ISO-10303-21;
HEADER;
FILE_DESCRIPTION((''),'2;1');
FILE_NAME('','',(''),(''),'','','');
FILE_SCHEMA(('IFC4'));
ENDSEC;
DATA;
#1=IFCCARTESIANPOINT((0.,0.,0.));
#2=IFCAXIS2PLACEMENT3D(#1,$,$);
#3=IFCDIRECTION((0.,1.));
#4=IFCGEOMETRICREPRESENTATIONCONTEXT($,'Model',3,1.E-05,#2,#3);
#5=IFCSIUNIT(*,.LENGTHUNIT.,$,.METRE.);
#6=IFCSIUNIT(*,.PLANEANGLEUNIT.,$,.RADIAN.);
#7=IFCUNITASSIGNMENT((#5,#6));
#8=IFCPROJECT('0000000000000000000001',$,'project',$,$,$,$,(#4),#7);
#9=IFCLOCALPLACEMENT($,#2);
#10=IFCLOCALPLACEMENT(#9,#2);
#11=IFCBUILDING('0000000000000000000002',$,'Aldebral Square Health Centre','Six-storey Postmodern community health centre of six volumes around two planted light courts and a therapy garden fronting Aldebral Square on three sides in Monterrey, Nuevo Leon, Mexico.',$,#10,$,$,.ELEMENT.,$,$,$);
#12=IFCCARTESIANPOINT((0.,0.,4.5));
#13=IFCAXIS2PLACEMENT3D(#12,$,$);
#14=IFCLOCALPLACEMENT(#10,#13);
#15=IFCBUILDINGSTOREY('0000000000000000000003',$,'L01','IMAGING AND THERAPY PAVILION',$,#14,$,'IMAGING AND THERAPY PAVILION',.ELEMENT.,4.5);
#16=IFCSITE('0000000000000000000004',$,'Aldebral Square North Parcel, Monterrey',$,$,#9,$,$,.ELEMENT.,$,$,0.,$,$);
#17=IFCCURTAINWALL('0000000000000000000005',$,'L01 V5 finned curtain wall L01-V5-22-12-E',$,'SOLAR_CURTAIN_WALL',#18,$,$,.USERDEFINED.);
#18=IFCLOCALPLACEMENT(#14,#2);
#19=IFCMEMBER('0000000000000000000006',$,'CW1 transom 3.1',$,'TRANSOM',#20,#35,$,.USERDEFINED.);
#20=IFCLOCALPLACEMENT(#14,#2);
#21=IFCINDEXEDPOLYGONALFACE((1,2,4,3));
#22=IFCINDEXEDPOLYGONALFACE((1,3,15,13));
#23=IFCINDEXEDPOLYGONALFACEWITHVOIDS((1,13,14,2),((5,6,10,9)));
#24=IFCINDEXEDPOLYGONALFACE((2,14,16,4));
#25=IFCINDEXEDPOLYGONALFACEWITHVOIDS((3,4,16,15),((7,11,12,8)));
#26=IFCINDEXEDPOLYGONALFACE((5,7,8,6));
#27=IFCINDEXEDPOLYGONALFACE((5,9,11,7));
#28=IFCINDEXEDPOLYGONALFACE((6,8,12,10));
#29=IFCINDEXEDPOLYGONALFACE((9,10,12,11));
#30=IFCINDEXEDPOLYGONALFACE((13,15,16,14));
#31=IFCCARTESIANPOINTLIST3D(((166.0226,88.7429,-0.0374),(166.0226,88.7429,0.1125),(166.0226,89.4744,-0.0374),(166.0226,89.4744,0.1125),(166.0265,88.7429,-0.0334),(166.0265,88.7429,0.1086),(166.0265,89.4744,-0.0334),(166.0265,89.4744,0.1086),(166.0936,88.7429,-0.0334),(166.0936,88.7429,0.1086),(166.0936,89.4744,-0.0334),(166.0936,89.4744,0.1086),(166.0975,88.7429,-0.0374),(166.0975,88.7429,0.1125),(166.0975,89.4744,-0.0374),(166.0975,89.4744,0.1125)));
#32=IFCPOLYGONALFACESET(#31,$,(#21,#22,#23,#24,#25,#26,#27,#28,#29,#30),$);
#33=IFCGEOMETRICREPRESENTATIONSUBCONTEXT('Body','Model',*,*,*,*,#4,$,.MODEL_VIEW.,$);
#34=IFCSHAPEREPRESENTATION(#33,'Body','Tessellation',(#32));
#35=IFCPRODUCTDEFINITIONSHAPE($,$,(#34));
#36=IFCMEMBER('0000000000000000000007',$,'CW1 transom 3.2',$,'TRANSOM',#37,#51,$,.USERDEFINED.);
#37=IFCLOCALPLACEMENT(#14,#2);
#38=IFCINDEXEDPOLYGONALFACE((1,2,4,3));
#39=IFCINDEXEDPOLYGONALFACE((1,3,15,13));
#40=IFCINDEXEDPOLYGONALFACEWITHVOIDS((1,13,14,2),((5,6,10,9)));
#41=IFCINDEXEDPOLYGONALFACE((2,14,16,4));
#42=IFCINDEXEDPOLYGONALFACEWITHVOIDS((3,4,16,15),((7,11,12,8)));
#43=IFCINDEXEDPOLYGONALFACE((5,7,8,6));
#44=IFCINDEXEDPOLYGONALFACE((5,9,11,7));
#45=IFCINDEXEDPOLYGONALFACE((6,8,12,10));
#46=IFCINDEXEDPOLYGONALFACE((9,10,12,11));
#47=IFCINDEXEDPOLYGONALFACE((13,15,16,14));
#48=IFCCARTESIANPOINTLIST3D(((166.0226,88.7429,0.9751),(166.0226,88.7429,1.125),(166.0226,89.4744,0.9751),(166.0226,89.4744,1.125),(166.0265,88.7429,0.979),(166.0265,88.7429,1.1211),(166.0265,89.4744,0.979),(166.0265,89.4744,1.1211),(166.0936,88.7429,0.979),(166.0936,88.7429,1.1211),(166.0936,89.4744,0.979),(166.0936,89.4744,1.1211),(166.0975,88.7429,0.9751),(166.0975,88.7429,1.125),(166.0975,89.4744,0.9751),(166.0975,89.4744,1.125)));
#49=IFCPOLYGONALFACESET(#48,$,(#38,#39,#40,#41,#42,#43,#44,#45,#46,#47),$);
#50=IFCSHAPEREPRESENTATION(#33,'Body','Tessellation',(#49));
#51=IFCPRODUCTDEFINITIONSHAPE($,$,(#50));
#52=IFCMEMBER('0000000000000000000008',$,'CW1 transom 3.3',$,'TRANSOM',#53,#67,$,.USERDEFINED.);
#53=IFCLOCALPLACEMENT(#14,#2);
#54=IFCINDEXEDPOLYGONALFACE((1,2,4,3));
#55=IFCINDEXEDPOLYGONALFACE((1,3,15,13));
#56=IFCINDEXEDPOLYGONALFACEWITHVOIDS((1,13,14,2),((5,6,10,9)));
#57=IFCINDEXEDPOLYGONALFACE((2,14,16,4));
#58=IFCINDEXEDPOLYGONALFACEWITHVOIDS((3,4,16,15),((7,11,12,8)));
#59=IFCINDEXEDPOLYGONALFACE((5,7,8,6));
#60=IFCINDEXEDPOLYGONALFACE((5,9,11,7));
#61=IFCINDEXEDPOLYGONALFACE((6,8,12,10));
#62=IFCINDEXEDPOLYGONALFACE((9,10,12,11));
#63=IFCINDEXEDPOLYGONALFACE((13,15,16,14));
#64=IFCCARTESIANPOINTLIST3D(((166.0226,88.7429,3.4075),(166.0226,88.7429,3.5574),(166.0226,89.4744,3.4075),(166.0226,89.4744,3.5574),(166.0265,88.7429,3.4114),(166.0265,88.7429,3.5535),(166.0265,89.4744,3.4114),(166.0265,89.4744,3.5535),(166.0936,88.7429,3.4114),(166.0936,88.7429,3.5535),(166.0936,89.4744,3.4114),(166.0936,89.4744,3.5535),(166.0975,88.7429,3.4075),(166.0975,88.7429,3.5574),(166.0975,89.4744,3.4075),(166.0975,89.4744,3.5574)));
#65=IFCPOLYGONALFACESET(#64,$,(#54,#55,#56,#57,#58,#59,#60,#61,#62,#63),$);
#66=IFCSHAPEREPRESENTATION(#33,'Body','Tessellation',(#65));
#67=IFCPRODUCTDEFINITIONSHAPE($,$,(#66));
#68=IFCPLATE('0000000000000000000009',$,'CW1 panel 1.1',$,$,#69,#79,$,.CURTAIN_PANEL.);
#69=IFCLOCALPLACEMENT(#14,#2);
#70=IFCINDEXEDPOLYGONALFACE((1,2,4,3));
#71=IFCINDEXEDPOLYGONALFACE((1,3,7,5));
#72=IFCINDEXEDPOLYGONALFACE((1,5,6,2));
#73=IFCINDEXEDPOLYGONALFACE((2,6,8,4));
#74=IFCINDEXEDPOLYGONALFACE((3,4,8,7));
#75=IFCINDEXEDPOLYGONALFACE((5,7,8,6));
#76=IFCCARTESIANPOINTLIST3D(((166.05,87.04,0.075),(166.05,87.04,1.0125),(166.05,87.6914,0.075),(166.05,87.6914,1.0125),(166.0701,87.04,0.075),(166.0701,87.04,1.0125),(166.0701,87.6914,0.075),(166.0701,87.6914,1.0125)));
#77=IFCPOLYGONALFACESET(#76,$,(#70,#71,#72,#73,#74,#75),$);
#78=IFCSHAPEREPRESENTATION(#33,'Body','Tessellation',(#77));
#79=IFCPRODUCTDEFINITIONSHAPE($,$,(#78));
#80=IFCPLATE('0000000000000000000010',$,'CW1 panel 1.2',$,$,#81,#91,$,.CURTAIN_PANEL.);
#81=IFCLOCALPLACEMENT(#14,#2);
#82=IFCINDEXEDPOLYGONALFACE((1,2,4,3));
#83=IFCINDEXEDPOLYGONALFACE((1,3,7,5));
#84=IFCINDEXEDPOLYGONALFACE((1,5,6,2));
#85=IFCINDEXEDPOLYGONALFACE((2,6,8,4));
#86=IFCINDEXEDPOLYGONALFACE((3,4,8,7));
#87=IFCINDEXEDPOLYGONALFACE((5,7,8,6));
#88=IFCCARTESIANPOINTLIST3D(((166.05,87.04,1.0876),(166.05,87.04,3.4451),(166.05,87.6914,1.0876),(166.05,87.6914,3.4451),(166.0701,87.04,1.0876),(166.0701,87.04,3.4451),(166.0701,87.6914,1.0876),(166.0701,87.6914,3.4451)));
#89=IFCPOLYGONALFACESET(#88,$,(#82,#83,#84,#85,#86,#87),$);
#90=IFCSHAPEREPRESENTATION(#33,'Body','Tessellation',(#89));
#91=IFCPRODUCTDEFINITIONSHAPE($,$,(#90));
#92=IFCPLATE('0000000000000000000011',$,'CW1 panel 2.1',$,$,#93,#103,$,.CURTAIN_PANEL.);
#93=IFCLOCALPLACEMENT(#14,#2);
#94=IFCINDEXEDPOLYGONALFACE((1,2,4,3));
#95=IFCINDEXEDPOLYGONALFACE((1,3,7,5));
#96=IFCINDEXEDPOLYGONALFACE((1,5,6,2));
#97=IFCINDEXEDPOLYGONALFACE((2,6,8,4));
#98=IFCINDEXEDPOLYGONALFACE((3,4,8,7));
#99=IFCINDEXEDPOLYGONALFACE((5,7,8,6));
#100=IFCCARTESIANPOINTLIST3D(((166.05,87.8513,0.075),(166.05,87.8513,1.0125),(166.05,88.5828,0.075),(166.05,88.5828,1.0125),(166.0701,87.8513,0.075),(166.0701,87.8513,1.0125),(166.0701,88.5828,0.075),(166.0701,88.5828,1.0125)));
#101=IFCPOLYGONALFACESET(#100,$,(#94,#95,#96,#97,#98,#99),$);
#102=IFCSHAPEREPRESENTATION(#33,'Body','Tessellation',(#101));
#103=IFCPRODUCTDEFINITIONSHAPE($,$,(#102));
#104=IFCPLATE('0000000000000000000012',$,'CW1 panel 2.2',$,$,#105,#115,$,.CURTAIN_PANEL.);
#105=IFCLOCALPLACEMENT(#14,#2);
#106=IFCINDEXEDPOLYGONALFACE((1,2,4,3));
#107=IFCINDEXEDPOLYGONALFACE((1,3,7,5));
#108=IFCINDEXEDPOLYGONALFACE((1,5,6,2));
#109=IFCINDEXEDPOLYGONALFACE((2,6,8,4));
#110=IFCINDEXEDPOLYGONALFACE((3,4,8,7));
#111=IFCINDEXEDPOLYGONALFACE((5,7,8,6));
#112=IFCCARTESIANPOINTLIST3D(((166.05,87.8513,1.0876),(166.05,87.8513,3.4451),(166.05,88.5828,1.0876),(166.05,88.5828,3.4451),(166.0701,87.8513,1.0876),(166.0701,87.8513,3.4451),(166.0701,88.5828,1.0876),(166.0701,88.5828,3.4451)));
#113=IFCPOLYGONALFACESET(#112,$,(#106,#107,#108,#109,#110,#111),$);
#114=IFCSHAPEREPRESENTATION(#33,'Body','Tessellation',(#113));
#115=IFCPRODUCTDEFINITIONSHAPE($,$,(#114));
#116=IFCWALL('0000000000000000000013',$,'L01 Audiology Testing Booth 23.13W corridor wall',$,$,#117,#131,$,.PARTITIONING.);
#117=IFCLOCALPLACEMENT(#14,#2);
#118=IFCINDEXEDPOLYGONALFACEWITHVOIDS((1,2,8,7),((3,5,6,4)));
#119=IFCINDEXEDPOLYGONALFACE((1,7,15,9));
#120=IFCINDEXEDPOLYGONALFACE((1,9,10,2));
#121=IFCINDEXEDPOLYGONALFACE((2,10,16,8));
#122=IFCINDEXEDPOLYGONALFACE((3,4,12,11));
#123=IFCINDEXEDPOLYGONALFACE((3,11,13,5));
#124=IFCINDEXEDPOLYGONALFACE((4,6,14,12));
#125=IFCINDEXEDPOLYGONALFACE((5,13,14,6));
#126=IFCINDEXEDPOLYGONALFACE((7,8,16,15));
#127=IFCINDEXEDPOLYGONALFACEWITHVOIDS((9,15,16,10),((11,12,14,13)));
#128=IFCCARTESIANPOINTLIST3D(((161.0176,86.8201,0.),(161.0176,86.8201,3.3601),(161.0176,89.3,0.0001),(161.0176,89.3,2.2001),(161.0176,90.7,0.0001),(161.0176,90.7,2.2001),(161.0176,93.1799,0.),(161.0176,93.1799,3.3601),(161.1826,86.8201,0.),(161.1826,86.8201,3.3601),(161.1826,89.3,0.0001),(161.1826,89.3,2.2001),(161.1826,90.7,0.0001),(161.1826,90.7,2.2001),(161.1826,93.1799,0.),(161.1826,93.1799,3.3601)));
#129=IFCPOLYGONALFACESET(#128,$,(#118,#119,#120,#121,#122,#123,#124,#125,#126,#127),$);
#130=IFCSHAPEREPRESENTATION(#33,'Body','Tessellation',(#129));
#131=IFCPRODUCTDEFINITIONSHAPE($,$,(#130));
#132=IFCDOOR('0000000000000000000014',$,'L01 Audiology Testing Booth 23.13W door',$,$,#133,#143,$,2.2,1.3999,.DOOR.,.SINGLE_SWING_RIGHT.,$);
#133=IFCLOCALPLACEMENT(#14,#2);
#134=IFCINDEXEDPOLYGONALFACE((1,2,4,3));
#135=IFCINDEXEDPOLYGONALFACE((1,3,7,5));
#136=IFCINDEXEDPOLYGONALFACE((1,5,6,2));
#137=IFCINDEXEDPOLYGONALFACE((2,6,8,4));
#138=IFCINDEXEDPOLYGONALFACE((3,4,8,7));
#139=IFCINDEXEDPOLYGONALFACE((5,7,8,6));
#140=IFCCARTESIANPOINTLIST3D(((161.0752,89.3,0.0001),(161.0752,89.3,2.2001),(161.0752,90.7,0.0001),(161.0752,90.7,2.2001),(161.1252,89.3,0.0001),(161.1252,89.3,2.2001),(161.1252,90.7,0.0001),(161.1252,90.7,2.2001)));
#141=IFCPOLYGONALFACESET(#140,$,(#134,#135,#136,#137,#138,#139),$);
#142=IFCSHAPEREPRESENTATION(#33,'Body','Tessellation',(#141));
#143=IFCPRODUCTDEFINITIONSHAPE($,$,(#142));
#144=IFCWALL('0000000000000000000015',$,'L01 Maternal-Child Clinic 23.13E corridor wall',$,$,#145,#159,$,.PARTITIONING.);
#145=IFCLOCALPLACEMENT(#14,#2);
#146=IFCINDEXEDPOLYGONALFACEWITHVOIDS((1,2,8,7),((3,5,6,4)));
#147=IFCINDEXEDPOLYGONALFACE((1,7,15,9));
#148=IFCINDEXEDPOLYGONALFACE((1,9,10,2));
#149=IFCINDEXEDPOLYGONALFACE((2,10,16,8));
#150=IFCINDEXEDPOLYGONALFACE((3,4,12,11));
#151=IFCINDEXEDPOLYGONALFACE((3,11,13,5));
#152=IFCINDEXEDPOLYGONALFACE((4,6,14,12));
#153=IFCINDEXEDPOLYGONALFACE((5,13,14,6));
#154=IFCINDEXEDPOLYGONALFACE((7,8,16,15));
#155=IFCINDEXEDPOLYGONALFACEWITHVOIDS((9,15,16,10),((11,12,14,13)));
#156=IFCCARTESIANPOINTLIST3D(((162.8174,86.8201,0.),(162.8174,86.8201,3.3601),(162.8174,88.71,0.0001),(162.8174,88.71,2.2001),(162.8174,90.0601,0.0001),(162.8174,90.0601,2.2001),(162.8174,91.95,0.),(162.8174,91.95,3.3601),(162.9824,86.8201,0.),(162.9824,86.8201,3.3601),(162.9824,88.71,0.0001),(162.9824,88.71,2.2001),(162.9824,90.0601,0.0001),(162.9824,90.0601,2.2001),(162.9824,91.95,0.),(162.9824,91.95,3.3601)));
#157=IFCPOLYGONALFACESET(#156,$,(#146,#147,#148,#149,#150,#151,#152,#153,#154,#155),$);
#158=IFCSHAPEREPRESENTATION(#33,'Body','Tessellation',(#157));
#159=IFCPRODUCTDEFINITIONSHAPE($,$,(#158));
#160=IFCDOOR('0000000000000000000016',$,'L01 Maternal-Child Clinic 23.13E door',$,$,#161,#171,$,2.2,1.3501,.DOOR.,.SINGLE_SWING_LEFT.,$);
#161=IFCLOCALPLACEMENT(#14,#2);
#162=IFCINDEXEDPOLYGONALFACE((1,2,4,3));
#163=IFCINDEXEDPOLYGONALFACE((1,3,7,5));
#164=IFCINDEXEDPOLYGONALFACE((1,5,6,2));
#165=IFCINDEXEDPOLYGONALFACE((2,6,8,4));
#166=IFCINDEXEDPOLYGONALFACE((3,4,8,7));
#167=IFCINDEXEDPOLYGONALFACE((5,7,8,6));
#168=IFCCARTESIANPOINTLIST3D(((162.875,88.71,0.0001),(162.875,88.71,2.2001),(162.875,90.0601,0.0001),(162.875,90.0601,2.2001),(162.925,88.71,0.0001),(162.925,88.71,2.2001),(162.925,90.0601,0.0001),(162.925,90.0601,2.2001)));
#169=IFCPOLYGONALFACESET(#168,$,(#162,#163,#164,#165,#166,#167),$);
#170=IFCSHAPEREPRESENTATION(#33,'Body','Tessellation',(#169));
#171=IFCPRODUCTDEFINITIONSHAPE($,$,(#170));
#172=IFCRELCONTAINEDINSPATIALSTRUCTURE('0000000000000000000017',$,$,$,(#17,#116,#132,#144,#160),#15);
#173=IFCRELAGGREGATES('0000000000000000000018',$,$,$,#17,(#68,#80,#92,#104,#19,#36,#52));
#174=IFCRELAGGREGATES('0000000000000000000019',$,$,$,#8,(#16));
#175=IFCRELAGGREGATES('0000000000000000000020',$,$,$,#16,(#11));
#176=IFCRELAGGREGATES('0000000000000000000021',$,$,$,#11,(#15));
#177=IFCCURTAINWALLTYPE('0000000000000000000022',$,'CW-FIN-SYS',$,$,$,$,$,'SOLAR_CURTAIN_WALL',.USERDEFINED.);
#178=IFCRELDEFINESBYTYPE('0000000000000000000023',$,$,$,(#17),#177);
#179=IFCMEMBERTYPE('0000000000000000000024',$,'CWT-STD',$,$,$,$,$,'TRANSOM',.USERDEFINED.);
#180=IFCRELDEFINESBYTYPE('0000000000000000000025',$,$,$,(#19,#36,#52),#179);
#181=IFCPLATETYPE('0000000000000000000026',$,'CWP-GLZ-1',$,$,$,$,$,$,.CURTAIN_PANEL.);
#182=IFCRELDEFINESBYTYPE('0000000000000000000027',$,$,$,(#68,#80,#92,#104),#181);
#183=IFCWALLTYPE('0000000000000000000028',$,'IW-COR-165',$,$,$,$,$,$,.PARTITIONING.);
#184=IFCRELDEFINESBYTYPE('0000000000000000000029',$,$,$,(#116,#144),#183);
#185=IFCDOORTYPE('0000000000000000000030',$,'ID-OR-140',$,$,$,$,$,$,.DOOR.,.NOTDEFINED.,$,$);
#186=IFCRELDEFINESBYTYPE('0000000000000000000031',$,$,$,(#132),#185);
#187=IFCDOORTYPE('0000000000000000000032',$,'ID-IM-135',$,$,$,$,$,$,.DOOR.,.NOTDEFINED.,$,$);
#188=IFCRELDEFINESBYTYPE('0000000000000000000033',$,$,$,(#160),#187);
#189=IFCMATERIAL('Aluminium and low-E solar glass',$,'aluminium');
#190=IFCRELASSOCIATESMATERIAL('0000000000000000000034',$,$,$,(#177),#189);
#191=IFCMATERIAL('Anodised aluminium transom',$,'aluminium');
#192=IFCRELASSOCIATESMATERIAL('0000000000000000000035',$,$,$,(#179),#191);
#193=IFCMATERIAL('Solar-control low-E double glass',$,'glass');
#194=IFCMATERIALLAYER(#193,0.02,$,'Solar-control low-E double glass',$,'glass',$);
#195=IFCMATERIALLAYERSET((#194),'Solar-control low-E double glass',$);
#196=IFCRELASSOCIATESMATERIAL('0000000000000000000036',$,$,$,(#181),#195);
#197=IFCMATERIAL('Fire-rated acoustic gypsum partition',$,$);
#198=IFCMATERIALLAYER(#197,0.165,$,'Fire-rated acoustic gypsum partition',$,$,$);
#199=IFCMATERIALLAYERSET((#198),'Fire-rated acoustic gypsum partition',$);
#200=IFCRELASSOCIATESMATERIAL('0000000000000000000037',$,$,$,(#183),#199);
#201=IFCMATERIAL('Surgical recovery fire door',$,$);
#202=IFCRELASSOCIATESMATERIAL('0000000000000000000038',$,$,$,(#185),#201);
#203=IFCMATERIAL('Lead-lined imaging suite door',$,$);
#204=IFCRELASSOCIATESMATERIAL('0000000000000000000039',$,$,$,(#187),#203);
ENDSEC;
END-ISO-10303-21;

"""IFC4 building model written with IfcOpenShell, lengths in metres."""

from ifc_helpers import new_model, si_unit, direction, frame, frame_2d, origin, origin_2d, place, context, subcontext, project, spatial, rectangle, hollow_rectangle, extrude, material, layer, layer_set, material_profile, profile_set, type_object, element, fill, aggregate, save


model = new_model("IFC4")

# Units and contexts
model_context = context("Model", 3, precision=1e-05, world=origin(), true_north=direction((0.0, 1.0)))
body_context = subcontext(model_context, "Body", "Model", "MODEL_VIEW")
ifc_project = project(units=[si_unit("LENGTHUNIT", "METRE"), si_unit("PLANEANGLEUNIT", "RADIAN")], contexts=[model_context])

# Site, building, storey
site_placement = place(None, origin())
site = spatial("IfcSite", under=ifc_project, at=site_placement, Name="Aldebral Square North Parcel, Monterrey", CompositionType="ELEMENT", RefElevation=0.0)
building_placement = place(site_placement, origin())
building = spatial("IfcBuilding", under=site, at=building_placement, Name="Aldebral Square Health Centre", Description="Six-storey Postmodern community health centre of six volumes around two planted light courts and a therapy garden fronting Aldebral Square on three sides in Monterrey, Nuevo Leon, Mexico.", CompositionType="ELEMENT")
storey_placement = place(building_placement, frame((0.0, 0.0, 4.5)))
storey = spatial("IfcBuildingStorey", under=building, at=storey_placement, Name="L01", Description="IMAGING AND THERAPY PAVILION", LongName="IMAGING AND THERAPY PAVILION", CompositionType="ELEMENT", Elevation=4.5)

# Curtain wall, members, plates
ifc_material_1 = material(Name="Aluminium and low-E solar glass", Category="aluminium")
curtain_wall_type = type_object("IfcCurtainWallType", Name="CW-FIN-SYS", ElementType="SOLAR_CURTAIN_WALL", PredefinedType="USERDEFINED", material=ifc_material_1)
curtain_wall_placement = place(storey_placement, origin())
curtain_wall = element("IfcCurtainWall", 1, at=curtain_wall_placement, inside=storey, type_object=curtain_wall_type, Name="L01 V5 finned curtain wall L01-V5-22-12-E", ObjectType="SOLAR_CURTAIN_WALL", PredefinedType="USERDEFINED")
ifc_material_2 = material(Name="Anodised aluminium transom", Category="aluminium")
ifc_material_profile_1 = material_profile(ifc_material_2, hollow_rectangle(XDim=0.075, YDim=0.1499, WallThickness=0.0039, at=origin_2d()), Name="CWT 75x150x4")
ifc_profile_set_1 = profile_set([ifc_material_profile_1], Name="Anodised aluminium transom")
member_type_1 = type_object("IfcMemberType", Name="CWT-STD", ElementType="TRANSOM", PredefinedType="USERDEFINED", material=ifc_profile_set_1)
member_1_placement = place(storey_placement, frame((166.0601, 88.7429, 0.0376), z_axis=(0.0, 1.0, 0.0), x_axis=(-1.0, 0.0, 0.0)))
member_1 = element("IfcMember", 2, at=member_1_placement, type_object=member_type_1, Name="CW1 transom 3.1", ObjectType="TRANSOM", PredefinedType="USERDEFINED", context=body_context, shape_type="SweptSolid", body=[
    extrude(hollow_rectangle(XDim=0.075, YDim=0.1499, WallThickness=0.0039, at=origin_2d()), origin(), (0.0, 0.0, 1.0), 0.7314),
])
member_2_placement = place(storey_placement, frame((166.0601, 88.7429, 1.05), z_axis=(0.0, 1.0, 0.0), x_axis=(-1.0, 0.0, 0.0)))
member_2 = element("IfcMember", 3, at=member_2_placement, type_object=member_type_1, Name="CW1 transom 3.2", ObjectType="TRANSOM", PredefinedType="USERDEFINED", context=body_context, shape_type="SweptSolid", body=[
    extrude(hollow_rectangle(XDim=0.075, YDim=0.1499, WallThickness=0.0039, at=origin_2d()), origin(), (0.0, 0.0, 1.0), 0.7314),
])
member_3_placement = place(storey_placement, frame((166.0601, 88.7429, 3.4824), z_axis=(0.0, 1.0, 0.0), x_axis=(-1.0, 0.0, 0.0)))
member_3 = element("IfcMember", 4, at=member_3_placement, type_object=member_type_1, Name="CW1 transom 3.3", ObjectType="TRANSOM", PredefinedType="USERDEFINED", context=body_context, shape_type="SweptSolid", body=[
    extrude(hollow_rectangle(XDim=0.075, YDim=0.1499, WallThickness=0.0039, at=origin_2d()), origin(), (0.0, 0.0, 1.0), 0.7314),
])
ifc_material_3 = material(Name="Solar-control low-E double glass", Category="glass")
ifc_layer_1 = layer(ifc_material_3, 0.02, Name="Solar-control low-E double glass", Category="glass")
ifc_layer_set_1 = layer_set([ifc_layer_1], Name="Solar-control low-E double glass")
plate_type = type_object("IfcPlateType", Name="CWP-GLZ-1", PredefinedType="CURTAIN_PANEL", material=ifc_layer_set_1)
plate_1_placement = place(storey_placement, frame((166.0601, 87.3657, 0.075), z_axis=(0.0, 0.0, 1.0), x_axis=(0.0, 1.0, 0.0)))
plate_1 = element("IfcPlate", 5, at=plate_1_placement, type_object=plate_type, Name="CW1 panel 1.1", PredefinedType="CURTAIN_PANEL", context=body_context, shape_type="SweptSolid", body=[
    extrude(rectangle(XDim=0.6514, YDim=0.02, at=origin_2d()), origin(), (0.0, 0.0, 1.0), 0.9375),
])
plate_2_placement = place(storey_placement, frame((166.0601, 87.3657, 1.0876), z_axis=(0.0, 0.0, 1.0), x_axis=(0.0, 1.0, 0.0)))
plate_2 = element("IfcPlate", 6, at=plate_2_placement, type_object=plate_type, Name="CW1 panel 1.2", PredefinedType="CURTAIN_PANEL", context=body_context, shape_type="SweptSolid", body=[
    extrude(rectangle(XDim=0.6514, YDim=0.02, at=origin_2d()), origin(), (0.0, 0.0, 1.0), 2.3574),
])
plate_3_placement = place(storey_placement, frame((166.0601, 88.217, 0.075), z_axis=(0.0, 0.0, 1.0), x_axis=(0.0, 1.0, 0.0)))
plate_3 = element("IfcPlate", 7, at=plate_3_placement, type_object=plate_type, Name="CW1 panel 2.1", PredefinedType="CURTAIN_PANEL", context=body_context, shape_type="SweptSolid", body=[
    extrude(rectangle(XDim=0.7314, YDim=0.02, at=origin_2d()), origin(), (0.0, 0.0, 1.0), 0.9375),
])
plate_4_placement = place(storey_placement, frame((166.0601, 88.217, 1.0876), z_axis=(0.0, 0.0, 1.0), x_axis=(0.0, 1.0, 0.0)))
plate_4 = element("IfcPlate", 8, at=plate_4_placement, type_object=plate_type, Name="CW1 panel 2.2", PredefinedType="CURTAIN_PANEL", context=body_context, shape_type="SweptSolid", body=[
    extrude(rectangle(XDim=0.7314, YDim=0.02, at=origin_2d()), origin(), (0.0, 0.0, 1.0), 2.3574),
])
aggregate(curtain_wall, [plate_1, plate_2, plate_3, plate_4, member_1, member_2, member_3])

# Walls, openings, doors
ifc_material_4 = material(Name="Fire-rated acoustic gypsum partition")
ifc_layer_2 = layer(ifc_material_4, 0.165, Name="Fire-rated acoustic gypsum partition")
ifc_layer_set_2 = layer_set([ifc_layer_2], Name="Fire-rated acoustic gypsum partition")
wall_type_1 = type_object("IfcWallType", Name="IW-COR-165", PredefinedType="PARTITIONING", material=ifc_layer_set_2)
wall_1_placement = place(storey_placement, frame((161.1001, 86.8201, 0.0), z_axis=(0.0, 0.0, 1.0), x_axis=(0.0, 1.0, 0.0)))
wall_1 = element("IfcWall", 9, at=wall_1_placement, inside=storey, type_object=wall_type_1, Name="L01 Audiology Testing Booth 23.13W corridor wall", PredefinedType="PARTITIONING", context=body_context, shape_type="SweptSolid", body=[
    extrude(rectangle(XDim=6.3599, YDim=0.165, at=frame_2d((3.1799, 0.0))), origin(), (0.0, 0.0, 1.0), 3.3601),
])
opening_1_placement = place(wall_1_placement, frame((2.48, 0.0, 0.0)))
opening_1 = element("IfcOpeningElement", 10, at=opening_1_placement, cuts=wall_1, PredefinedType="OPENING", context=body_context, shape_type="SweptSolid", body=[
    extrude(rectangle(XDim=1.3999, YDim=2.2, at=frame_2d((0.7, 1.1001))), frame((0.0, 0.0925, 0.0), z_axis=(0.0, -1.0, 0.0), x_axis=(1.0, 0.0, 0.0)), (0.0, 0.0, 1.0), 0.1851),
])
ifc_material_5 = material(Name="Surgical recovery fire door")
door_type_1 = type_object("IfcDoorType", Name="ID-OR-140", OperationType="NOTDEFINED", PredefinedType="DOOR", material=ifc_material_5)
door_1_placement = place(opening_1_placement, origin())
door_1 = element("IfcDoor", 11, at=door_1_placement, inside=storey, type_object=door_type_1, Name="L01 Audiology Testing Booth 23.13W door", OperationType="SINGLE_SWING_RIGHT", OverallHeight=2.2, OverallWidth=1.3999, PredefinedType="DOOR", context=body_context, shape_type="SweptSolid", body=[
    extrude(rectangle(XDim=1.3999, YDim=2.2, at=frame_2d((0.7, 1.1001))), frame((0.0, 0.0249, 0.0), z_axis=(0.0, -1.0, 0.0), x_axis=(1.0, 0.0, 0.0)), (0.0, 0.0, 1.0), 0.05),
])
fill(opening_1, door_1)
wall_2_placement = place(storey_placement, frame((162.8999, 86.8201, 0.0), z_axis=(0.0, 0.0, 1.0), x_axis=(0.0, 1.0, 0.0)))
wall_2 = element("IfcWall", 12, at=wall_2_placement, inside=storey, type_object=wall_type_1, Name="L01 Maternal-Child Clinic 23.13E corridor wall", PredefinedType="PARTITIONING", context=body_context, shape_type="SweptSolid", body=[
    extrude(rectangle(XDim=5.1299, YDim=0.165, at=frame_2d((2.5649, 0.0))), origin(), (0.0, 0.0, 1.0), 3.3601),
])
opening_2_placement = place(wall_2_placement, frame((1.8899, 0.0, 0.0)))
opening_2 = element("IfcOpeningElement", 13, at=opening_2_placement, cuts=wall_2, PredefinedType="OPENING", context=body_context, shape_type="SweptSolid", body=[
    extrude(rectangle(XDim=1.3501, YDim=2.2, at=frame_2d((0.675, 1.1001))), frame((0.0, 0.0925, 0.0), z_axis=(0.0, -1.0, 0.0), x_axis=(1.0, 0.0, 0.0)), (0.0, 0.0, 1.0), 0.1851),
])
ifc_material_6 = material(Name="Lead-lined imaging suite door")
door_type_2 = type_object("IfcDoorType", Name="ID-IM-135", OperationType="NOTDEFINED", PredefinedType="DOOR", material=ifc_material_6)
door_2_placement = place(opening_2_placement, origin())
door_2 = element("IfcDoor", 14, at=door_2_placement, inside=storey, type_object=door_type_2, Name="L01 Maternal-Child Clinic 23.13E door", OperationType="SINGLE_SWING_LEFT", OverallHeight=2.2, OverallWidth=1.3501, PredefinedType="DOOR", context=body_context, shape_type="SweptSolid", body=[
    extrude(rectangle(XDim=1.3501, YDim=2.2, at=frame_2d((0.675, 1.1001))), frame((0.0, 0.0249, 0.0), z_axis=(0.0, -1.0, 0.0), x_axis=(1.0, 0.0, 0.0)), (0.0, 0.0, 1.0), 0.05),
])
fill(opening_2, door_2)

save(model, "model.ifc")
